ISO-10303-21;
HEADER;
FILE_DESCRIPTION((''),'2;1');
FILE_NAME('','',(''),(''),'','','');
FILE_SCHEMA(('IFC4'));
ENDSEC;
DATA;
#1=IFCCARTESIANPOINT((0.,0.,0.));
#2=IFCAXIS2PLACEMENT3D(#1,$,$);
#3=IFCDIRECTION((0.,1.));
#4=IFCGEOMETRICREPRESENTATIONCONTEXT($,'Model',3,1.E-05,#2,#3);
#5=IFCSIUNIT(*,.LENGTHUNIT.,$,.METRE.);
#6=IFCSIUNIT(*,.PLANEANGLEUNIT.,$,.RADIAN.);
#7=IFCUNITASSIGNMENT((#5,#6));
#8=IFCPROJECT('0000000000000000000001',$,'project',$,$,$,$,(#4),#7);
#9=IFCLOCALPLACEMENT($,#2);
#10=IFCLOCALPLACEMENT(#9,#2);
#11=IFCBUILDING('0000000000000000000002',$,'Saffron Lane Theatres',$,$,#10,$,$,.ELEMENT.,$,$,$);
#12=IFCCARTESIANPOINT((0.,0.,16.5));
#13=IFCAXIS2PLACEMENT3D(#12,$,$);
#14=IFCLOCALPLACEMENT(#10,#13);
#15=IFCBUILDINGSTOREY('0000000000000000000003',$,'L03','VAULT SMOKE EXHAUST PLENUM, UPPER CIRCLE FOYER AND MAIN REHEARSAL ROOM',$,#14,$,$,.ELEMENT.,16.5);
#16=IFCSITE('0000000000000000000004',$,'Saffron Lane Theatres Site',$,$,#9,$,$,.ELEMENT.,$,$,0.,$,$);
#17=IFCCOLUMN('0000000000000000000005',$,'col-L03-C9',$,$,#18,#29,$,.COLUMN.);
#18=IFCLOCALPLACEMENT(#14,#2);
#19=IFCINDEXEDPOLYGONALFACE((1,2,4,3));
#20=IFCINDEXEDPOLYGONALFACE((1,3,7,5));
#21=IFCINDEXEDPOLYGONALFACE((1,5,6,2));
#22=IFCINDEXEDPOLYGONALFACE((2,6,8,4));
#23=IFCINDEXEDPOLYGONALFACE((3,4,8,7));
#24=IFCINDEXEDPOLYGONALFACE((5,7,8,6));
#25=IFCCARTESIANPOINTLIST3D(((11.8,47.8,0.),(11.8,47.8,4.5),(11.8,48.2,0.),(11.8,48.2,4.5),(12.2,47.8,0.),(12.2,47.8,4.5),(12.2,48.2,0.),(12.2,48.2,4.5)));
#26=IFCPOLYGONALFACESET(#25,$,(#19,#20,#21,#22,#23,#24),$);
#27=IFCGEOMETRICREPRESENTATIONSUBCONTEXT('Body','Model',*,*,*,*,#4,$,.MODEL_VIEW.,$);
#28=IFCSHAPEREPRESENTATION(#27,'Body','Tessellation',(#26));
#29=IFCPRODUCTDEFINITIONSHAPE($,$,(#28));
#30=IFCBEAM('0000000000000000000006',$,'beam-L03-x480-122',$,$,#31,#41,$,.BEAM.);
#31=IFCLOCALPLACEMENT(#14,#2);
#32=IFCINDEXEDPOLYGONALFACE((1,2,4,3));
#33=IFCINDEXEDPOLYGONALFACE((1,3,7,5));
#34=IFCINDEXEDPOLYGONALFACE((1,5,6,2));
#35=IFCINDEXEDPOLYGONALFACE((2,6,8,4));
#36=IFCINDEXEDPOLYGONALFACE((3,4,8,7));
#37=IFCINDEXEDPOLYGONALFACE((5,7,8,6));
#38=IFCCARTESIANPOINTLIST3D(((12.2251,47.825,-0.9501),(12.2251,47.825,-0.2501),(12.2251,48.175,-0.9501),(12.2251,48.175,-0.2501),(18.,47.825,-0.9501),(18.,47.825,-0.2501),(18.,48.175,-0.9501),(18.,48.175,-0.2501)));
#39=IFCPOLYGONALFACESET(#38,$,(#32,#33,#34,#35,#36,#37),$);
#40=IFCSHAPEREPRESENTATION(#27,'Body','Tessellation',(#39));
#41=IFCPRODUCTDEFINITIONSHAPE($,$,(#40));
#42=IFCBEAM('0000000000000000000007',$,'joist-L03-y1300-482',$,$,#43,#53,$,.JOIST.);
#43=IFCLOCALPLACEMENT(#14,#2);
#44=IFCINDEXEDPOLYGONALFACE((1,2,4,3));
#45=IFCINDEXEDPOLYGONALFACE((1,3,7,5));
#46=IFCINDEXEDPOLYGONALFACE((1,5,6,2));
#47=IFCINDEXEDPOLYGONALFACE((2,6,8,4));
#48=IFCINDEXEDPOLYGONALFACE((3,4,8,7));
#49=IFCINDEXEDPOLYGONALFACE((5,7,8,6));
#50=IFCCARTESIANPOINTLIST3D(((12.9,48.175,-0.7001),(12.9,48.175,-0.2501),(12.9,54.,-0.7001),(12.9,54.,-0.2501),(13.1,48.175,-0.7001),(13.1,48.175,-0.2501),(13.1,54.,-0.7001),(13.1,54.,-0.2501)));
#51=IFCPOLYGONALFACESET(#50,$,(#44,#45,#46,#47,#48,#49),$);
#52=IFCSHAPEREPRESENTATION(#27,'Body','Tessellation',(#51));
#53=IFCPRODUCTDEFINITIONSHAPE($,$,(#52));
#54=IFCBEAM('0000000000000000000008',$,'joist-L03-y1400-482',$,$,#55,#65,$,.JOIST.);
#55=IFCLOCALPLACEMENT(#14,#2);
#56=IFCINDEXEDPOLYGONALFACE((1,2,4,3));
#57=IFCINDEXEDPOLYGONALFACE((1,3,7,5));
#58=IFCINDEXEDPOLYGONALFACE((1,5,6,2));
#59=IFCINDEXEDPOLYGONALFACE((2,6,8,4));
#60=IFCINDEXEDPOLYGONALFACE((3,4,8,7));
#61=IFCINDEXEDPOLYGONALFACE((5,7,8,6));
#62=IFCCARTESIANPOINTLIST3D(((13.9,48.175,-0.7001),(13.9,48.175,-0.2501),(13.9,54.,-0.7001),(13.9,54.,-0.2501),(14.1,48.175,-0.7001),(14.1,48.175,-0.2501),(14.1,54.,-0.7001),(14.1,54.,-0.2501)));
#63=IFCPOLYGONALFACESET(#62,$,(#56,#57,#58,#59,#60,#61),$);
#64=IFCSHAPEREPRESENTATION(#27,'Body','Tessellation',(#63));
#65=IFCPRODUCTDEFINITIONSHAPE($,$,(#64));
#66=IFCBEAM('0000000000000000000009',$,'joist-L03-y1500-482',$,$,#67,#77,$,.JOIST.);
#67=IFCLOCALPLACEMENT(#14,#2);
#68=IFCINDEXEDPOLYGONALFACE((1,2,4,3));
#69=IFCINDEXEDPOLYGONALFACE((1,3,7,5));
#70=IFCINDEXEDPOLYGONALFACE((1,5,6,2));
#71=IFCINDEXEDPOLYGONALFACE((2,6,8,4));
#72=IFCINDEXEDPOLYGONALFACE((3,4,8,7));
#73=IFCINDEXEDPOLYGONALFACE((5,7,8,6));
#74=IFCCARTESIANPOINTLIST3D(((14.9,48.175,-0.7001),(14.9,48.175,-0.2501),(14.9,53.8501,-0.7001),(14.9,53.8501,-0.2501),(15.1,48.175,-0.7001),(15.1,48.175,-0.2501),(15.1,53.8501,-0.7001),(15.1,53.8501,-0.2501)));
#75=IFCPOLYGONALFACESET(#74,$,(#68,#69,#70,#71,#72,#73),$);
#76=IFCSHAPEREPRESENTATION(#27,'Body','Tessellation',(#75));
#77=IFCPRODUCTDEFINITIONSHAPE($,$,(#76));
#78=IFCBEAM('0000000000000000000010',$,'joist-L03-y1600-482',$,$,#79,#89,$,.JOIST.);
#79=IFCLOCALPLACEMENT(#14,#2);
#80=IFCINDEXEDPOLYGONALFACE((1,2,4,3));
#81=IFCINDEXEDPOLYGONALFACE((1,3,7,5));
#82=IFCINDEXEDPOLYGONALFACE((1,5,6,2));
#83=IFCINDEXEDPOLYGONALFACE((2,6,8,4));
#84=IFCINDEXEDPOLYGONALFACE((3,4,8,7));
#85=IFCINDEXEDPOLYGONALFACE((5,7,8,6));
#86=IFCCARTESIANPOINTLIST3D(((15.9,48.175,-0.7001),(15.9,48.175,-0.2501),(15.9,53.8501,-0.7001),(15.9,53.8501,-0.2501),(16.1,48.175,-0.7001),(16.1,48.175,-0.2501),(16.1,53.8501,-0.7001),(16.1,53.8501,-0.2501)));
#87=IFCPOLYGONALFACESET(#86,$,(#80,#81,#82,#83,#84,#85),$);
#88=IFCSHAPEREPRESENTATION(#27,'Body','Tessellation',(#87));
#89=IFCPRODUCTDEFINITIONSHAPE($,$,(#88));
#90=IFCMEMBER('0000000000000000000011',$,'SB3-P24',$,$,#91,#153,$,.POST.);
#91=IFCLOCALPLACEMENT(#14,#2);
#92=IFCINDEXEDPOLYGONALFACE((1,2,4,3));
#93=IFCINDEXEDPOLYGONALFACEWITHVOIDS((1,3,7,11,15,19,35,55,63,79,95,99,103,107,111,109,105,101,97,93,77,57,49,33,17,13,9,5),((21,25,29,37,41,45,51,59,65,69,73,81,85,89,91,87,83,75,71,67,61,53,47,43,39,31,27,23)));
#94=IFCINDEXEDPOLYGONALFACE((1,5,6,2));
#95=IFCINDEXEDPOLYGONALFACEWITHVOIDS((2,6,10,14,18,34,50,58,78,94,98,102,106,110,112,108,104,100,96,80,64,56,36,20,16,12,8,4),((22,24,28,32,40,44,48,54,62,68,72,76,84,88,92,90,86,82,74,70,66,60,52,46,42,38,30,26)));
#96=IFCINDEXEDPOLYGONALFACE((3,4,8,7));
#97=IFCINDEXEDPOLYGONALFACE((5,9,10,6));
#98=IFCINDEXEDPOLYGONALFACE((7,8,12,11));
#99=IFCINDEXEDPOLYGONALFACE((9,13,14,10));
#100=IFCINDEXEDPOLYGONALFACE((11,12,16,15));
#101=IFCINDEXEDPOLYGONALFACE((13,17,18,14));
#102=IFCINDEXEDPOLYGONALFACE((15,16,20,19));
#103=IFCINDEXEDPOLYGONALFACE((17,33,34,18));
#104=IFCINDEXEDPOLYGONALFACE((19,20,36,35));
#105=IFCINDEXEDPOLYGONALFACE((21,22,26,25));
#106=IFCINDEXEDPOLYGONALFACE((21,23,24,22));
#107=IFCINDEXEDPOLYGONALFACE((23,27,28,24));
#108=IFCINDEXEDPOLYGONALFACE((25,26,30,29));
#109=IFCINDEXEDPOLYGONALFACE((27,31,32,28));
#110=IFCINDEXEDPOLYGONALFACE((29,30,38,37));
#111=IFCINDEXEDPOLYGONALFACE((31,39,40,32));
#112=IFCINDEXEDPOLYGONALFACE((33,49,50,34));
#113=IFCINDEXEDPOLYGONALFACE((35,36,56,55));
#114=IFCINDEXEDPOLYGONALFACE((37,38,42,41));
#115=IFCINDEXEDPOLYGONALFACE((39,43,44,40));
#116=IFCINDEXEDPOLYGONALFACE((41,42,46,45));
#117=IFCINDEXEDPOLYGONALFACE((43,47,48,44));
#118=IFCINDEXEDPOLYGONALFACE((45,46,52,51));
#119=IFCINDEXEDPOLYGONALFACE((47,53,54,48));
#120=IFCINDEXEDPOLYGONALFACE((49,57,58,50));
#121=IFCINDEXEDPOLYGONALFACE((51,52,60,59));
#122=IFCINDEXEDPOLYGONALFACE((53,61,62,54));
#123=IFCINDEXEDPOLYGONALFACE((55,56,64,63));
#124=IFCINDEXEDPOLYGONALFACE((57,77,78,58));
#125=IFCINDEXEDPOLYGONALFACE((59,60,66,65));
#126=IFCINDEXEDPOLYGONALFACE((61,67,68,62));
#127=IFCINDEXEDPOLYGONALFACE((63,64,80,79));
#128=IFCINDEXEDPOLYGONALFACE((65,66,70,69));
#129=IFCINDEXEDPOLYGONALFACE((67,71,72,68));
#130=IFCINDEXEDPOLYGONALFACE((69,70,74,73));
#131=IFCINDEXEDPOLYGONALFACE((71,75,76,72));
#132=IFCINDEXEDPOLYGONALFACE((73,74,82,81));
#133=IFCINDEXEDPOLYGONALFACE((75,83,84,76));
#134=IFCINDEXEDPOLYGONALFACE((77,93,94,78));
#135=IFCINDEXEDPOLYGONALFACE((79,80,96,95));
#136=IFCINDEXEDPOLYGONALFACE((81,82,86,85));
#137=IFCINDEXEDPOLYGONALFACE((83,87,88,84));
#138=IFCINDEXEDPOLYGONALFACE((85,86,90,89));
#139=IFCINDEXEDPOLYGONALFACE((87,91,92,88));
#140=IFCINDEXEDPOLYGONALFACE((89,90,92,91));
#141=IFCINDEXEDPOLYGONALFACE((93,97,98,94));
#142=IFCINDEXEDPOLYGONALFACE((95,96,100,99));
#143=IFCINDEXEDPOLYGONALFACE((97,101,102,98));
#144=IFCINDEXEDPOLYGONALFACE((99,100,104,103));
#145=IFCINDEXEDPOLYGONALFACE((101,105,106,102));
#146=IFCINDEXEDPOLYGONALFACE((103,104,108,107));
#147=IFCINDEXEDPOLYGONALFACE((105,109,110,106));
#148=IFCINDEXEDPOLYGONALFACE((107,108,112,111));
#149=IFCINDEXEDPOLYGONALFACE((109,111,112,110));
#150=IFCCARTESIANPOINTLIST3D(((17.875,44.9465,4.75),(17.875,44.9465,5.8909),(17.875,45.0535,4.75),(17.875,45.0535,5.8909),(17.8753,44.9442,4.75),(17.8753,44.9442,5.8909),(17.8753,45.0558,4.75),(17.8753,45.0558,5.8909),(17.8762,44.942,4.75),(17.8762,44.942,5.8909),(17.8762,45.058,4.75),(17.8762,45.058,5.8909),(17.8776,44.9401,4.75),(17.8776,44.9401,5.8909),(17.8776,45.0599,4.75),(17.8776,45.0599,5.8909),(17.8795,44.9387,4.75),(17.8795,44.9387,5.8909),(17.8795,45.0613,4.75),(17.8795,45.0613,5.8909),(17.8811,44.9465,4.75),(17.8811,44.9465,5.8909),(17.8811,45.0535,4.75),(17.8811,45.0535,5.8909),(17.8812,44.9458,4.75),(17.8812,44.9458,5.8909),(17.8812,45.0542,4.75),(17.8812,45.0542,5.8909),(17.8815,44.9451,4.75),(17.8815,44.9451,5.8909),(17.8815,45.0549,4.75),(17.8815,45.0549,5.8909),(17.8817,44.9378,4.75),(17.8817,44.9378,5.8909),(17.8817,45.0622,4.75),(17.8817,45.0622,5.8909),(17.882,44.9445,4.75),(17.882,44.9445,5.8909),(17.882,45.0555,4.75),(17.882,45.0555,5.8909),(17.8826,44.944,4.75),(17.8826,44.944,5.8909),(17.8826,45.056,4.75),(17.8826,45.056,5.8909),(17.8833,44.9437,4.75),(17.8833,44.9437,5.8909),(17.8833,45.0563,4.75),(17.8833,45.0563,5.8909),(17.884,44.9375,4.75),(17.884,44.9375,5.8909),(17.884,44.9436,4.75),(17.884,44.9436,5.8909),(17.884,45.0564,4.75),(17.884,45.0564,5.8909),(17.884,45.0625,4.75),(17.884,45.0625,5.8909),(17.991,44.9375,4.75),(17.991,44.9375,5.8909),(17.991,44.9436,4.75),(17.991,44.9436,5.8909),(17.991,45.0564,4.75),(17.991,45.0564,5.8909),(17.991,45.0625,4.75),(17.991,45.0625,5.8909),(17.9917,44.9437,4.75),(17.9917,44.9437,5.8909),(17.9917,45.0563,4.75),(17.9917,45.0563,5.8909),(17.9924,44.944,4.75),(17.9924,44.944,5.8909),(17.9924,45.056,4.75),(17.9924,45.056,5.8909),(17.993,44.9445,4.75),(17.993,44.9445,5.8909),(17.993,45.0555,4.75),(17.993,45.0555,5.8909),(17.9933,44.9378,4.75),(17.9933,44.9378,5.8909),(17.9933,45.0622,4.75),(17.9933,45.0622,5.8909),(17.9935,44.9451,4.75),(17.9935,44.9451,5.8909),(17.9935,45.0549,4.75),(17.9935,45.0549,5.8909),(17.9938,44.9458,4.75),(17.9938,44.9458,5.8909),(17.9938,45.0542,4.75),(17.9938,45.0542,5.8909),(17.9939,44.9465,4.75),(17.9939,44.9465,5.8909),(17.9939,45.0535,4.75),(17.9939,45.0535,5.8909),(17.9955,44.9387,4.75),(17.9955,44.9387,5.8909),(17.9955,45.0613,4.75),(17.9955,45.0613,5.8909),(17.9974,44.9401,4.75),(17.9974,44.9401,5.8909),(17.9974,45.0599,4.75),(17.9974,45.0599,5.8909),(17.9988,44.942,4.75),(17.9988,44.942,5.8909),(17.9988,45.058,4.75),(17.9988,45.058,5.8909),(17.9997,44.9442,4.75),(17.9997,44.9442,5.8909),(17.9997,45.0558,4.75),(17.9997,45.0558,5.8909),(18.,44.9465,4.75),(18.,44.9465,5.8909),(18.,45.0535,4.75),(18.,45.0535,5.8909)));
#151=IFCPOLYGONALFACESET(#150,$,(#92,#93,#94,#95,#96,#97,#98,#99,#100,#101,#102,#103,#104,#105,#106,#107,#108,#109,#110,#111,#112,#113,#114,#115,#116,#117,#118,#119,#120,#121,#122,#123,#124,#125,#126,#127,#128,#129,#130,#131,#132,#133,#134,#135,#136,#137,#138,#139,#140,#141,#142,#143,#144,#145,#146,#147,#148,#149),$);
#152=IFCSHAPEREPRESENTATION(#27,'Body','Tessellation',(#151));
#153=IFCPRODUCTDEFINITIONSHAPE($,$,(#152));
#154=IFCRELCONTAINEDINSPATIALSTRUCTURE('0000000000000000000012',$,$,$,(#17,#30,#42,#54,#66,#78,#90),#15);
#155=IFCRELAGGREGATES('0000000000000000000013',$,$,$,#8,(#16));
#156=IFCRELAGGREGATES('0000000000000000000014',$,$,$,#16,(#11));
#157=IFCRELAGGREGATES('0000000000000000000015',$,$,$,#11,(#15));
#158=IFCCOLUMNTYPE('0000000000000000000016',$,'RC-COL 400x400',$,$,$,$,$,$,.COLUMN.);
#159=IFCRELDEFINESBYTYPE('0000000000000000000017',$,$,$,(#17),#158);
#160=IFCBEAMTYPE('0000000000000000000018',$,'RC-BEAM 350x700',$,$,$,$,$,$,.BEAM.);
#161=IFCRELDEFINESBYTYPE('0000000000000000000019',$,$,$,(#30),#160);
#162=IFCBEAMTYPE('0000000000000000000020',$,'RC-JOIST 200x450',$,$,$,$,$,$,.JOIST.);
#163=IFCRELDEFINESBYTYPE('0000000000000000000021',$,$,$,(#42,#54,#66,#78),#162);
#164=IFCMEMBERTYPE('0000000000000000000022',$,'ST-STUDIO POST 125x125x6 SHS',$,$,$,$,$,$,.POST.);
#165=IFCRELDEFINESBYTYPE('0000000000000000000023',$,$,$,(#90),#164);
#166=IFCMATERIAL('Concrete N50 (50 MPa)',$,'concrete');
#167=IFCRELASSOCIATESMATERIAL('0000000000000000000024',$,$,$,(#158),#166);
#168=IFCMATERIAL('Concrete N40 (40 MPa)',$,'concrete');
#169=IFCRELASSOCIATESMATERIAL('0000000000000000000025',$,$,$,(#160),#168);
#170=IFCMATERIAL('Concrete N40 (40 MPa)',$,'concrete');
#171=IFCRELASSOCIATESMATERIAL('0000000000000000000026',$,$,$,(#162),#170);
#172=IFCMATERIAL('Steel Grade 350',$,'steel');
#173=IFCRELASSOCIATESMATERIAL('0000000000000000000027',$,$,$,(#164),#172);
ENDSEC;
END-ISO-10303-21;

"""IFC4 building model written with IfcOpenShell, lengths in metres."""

from ifc_helpers import new_model, si_unit, direction, frame, origin, origin_2d, place, context, subcontext, project, spatial, rectangle, hollow_rectangle, extrude, material, material_profile, profile_set, type_object, element, save


model = new_model("IFC4")

# Units and contexts
model_context = context("Model", 3, precision=1e-05, world=origin(), true_north=direction((0.0, 1.0)))
body_context = subcontext(model_context, "Body", "Model", "MODEL_VIEW")
ifc_project = project(units=[si_unit("LENGTHUNIT", "METRE"), si_unit("PLANEANGLEUNIT", "RADIAN")], contexts=[model_context])

# Site, building, storey
site_placement = place(None, origin())
site = spatial("IfcSite", under=ifc_project, at=site_placement, Name="Saffron Lane Theatres Site", CompositionType="ELEMENT", RefElevation=0.0)
building_placement = place(site_placement, origin())
building = spatial("IfcBuilding", under=site, at=building_placement, Name="Saffron Lane Theatres", CompositionType="ELEMENT")
storey_placement = place(building_placement, frame((0.0, 0.0, 16.5)))
storey = spatial("IfcBuildingStorey", under=building, at=storey_placement, Name="L03", Description="VAULT SMOKE EXHAUST PLENUM, UPPER CIRCLE FOYER AND MAIN REHEARSAL ROOM", CompositionType="ELEMENT", Elevation=16.5)

# Column
ifc_material_1 = material(Name="Concrete N50 (50 MPa)", Category="concrete")
ifc_material_profile_1 = material_profile(ifc_material_1, rectangle(XDim=0.3999, YDim=0.3999, at=origin_2d()))
ifc_profile_set_1 = profile_set([ifc_material_profile_1], Name="Concrete N50 (50 MPa)")
column_type = type_object("IfcColumnType", Name="RC-COL 400x400", PredefinedType="COLUMN", material=ifc_profile_set_1)
column_placement = place(storey_placement, frame((12.0, 48.0, 0.0), z_axis=(0.0, 0.0, 1.0), x_axis=(1.0, 0.0, 0.0)))
element("IfcColumn", 1, at=column_placement, inside=storey, type_object=column_type, Name="col-L03-C9", PredefinedType="COLUMN", context=body_context, shape_type="SweptSolid", body=[
    extrude(rectangle(XDim=0.3999, YDim=0.3999, at=origin_2d()), origin(), (0.0, 0.0, 1.0), 4.5),
])

# Beams
ifc_material_2 = material(Name="Concrete N40 (40 MPa)", Category="concrete")
ifc_material_profile_2 = material_profile(ifc_material_2, rectangle(XDim=0.3501, YDim=0.7, at=origin_2d()))
ifc_profile_set_2 = profile_set([ifc_material_profile_2], Name="Concrete N40 (40 MPa)")
beam_type_1 = type_object("IfcBeamType", Name="RC-BEAM 350x700", PredefinedType="BEAM", material=ifc_profile_set_2)
beam_placement = place(storey_placement, frame((12.2251, 48.0, -0.6001), z_axis=(1.0, 0.0, 0.0), x_axis=(0.0, 1.0, 0.0)))
element("IfcBeam", 2, at=beam_placement, inside=storey, type_object=beam_type_1, Name="beam-L03-x480-122", PredefinedType="BEAM", context=body_context, shape_type="SweptSolid", body=[
    extrude(rectangle(XDim=0.3501, YDim=0.7, at=origin_2d()), origin(), (0.0, 0.0, 1.0), 5.7749),
])
ifc_material_3 = material(Name="Concrete N40 (40 MPa)", Category="concrete")
ifc_material_profile_3 = material_profile(ifc_material_3, rectangle(XDim=0.2, YDim=0.45, at=origin_2d()))
ifc_profile_set_3 = profile_set([ifc_material_profile_3], Name="Concrete N40 (40 MPa)")
beam_type_2 = type_object("IfcBeamType", Name="RC-JOIST 200x450", PredefinedType="JOIST", material=ifc_profile_set_3)
for number, where, z_axis, x_axis, name in (
    (3, (13.0, 48.175, -0.4751), (0.0, 1.0, 0.0), (-1.0, 0.0, 0.0), "joist-L03-y1300-482"),
    (4, (14.0, 48.175, -0.4751), (0.0, 1.0, 0.0), (-1.0, 0.0, 0.0), "joist-L03-y1400-482"),
):
    element("IfcBeam", number, at=place(storey_placement, frame(where, z_axis=z_axis, x_axis=x_axis)), inside=storey, type_object=beam_type_2, Name=name, PredefinedType="JOIST", context=body_context, shape_type="SweptSolid", body=[
        extrude(rectangle(XDim=0.2, YDim=0.45, at=origin_2d()), origin(), (0.0, 0.0, 1.0), 5.825),
    ])
for number, where, z_axis, x_axis, name in (
    (5, (15.0, 48.175, -0.4751), (0.0, 1.0, 0.0), (-1.0, 0.0, 0.0), "joist-L03-y1500-482"),
    (6, (16.0, 48.175, -0.4751), (0.0, 1.0, 0.0), (-1.0, 0.0, 0.0), "joist-L03-y1600-482"),
):
    element("IfcBeam", number, at=place(storey_placement, frame(where, z_axis=z_axis, x_axis=x_axis)), inside=storey, type_object=beam_type_2, Name=name, PredefinedType="JOIST", context=body_context, shape_type="SweptSolid", body=[
        extrude(rectangle(XDim=0.2, YDim=0.45, at=origin_2d()), origin(), (0.0, 0.0, 1.0), 5.675),
    ])

# Member
ifc_material_4 = material(Name="Steel Grade 350", Category="steel")
ifc_material_profile_4 = material_profile(ifc_material_4, hollow_rectangle(XDim=0.125, YDim=0.125, WallThickness=0.0061, InnerFilletRadius=0.0029, OuterFilletRadius=0.009, at=origin_2d()))
ifc_profile_set_4 = profile_set([ifc_material_profile_4], Name="Steel Grade 350")
member_type_1 = type_object("IfcMemberType", Name="ST-STUDIO POST 125x125x6 SHS", PredefinedType="POST", material=ifc_profile_set_4)
member_1_placement = place(storey_placement, frame((17.9375, 45.0, 4.75), z_axis=(0.0, 0.0, 1.0), x_axis=(1.0, 0.0, 0.0)))
element("IfcMember", 7, at=member_1_placement, inside=storey, type_object=member_type_1, Name="SB3-P24", PredefinedType="POST", context=body_context, shape_type="SweptSolid", body=[
    extrude(hollow_rectangle(XDim=0.125, YDim=0.125, WallThickness=0.0061, InnerFilletRadius=0.0029, OuterFilletRadius=0.009, at=origin_2d()), origin(), (0.0, 0.0, 1.0), 1.1409),
])

save(model, "model.ifc")
